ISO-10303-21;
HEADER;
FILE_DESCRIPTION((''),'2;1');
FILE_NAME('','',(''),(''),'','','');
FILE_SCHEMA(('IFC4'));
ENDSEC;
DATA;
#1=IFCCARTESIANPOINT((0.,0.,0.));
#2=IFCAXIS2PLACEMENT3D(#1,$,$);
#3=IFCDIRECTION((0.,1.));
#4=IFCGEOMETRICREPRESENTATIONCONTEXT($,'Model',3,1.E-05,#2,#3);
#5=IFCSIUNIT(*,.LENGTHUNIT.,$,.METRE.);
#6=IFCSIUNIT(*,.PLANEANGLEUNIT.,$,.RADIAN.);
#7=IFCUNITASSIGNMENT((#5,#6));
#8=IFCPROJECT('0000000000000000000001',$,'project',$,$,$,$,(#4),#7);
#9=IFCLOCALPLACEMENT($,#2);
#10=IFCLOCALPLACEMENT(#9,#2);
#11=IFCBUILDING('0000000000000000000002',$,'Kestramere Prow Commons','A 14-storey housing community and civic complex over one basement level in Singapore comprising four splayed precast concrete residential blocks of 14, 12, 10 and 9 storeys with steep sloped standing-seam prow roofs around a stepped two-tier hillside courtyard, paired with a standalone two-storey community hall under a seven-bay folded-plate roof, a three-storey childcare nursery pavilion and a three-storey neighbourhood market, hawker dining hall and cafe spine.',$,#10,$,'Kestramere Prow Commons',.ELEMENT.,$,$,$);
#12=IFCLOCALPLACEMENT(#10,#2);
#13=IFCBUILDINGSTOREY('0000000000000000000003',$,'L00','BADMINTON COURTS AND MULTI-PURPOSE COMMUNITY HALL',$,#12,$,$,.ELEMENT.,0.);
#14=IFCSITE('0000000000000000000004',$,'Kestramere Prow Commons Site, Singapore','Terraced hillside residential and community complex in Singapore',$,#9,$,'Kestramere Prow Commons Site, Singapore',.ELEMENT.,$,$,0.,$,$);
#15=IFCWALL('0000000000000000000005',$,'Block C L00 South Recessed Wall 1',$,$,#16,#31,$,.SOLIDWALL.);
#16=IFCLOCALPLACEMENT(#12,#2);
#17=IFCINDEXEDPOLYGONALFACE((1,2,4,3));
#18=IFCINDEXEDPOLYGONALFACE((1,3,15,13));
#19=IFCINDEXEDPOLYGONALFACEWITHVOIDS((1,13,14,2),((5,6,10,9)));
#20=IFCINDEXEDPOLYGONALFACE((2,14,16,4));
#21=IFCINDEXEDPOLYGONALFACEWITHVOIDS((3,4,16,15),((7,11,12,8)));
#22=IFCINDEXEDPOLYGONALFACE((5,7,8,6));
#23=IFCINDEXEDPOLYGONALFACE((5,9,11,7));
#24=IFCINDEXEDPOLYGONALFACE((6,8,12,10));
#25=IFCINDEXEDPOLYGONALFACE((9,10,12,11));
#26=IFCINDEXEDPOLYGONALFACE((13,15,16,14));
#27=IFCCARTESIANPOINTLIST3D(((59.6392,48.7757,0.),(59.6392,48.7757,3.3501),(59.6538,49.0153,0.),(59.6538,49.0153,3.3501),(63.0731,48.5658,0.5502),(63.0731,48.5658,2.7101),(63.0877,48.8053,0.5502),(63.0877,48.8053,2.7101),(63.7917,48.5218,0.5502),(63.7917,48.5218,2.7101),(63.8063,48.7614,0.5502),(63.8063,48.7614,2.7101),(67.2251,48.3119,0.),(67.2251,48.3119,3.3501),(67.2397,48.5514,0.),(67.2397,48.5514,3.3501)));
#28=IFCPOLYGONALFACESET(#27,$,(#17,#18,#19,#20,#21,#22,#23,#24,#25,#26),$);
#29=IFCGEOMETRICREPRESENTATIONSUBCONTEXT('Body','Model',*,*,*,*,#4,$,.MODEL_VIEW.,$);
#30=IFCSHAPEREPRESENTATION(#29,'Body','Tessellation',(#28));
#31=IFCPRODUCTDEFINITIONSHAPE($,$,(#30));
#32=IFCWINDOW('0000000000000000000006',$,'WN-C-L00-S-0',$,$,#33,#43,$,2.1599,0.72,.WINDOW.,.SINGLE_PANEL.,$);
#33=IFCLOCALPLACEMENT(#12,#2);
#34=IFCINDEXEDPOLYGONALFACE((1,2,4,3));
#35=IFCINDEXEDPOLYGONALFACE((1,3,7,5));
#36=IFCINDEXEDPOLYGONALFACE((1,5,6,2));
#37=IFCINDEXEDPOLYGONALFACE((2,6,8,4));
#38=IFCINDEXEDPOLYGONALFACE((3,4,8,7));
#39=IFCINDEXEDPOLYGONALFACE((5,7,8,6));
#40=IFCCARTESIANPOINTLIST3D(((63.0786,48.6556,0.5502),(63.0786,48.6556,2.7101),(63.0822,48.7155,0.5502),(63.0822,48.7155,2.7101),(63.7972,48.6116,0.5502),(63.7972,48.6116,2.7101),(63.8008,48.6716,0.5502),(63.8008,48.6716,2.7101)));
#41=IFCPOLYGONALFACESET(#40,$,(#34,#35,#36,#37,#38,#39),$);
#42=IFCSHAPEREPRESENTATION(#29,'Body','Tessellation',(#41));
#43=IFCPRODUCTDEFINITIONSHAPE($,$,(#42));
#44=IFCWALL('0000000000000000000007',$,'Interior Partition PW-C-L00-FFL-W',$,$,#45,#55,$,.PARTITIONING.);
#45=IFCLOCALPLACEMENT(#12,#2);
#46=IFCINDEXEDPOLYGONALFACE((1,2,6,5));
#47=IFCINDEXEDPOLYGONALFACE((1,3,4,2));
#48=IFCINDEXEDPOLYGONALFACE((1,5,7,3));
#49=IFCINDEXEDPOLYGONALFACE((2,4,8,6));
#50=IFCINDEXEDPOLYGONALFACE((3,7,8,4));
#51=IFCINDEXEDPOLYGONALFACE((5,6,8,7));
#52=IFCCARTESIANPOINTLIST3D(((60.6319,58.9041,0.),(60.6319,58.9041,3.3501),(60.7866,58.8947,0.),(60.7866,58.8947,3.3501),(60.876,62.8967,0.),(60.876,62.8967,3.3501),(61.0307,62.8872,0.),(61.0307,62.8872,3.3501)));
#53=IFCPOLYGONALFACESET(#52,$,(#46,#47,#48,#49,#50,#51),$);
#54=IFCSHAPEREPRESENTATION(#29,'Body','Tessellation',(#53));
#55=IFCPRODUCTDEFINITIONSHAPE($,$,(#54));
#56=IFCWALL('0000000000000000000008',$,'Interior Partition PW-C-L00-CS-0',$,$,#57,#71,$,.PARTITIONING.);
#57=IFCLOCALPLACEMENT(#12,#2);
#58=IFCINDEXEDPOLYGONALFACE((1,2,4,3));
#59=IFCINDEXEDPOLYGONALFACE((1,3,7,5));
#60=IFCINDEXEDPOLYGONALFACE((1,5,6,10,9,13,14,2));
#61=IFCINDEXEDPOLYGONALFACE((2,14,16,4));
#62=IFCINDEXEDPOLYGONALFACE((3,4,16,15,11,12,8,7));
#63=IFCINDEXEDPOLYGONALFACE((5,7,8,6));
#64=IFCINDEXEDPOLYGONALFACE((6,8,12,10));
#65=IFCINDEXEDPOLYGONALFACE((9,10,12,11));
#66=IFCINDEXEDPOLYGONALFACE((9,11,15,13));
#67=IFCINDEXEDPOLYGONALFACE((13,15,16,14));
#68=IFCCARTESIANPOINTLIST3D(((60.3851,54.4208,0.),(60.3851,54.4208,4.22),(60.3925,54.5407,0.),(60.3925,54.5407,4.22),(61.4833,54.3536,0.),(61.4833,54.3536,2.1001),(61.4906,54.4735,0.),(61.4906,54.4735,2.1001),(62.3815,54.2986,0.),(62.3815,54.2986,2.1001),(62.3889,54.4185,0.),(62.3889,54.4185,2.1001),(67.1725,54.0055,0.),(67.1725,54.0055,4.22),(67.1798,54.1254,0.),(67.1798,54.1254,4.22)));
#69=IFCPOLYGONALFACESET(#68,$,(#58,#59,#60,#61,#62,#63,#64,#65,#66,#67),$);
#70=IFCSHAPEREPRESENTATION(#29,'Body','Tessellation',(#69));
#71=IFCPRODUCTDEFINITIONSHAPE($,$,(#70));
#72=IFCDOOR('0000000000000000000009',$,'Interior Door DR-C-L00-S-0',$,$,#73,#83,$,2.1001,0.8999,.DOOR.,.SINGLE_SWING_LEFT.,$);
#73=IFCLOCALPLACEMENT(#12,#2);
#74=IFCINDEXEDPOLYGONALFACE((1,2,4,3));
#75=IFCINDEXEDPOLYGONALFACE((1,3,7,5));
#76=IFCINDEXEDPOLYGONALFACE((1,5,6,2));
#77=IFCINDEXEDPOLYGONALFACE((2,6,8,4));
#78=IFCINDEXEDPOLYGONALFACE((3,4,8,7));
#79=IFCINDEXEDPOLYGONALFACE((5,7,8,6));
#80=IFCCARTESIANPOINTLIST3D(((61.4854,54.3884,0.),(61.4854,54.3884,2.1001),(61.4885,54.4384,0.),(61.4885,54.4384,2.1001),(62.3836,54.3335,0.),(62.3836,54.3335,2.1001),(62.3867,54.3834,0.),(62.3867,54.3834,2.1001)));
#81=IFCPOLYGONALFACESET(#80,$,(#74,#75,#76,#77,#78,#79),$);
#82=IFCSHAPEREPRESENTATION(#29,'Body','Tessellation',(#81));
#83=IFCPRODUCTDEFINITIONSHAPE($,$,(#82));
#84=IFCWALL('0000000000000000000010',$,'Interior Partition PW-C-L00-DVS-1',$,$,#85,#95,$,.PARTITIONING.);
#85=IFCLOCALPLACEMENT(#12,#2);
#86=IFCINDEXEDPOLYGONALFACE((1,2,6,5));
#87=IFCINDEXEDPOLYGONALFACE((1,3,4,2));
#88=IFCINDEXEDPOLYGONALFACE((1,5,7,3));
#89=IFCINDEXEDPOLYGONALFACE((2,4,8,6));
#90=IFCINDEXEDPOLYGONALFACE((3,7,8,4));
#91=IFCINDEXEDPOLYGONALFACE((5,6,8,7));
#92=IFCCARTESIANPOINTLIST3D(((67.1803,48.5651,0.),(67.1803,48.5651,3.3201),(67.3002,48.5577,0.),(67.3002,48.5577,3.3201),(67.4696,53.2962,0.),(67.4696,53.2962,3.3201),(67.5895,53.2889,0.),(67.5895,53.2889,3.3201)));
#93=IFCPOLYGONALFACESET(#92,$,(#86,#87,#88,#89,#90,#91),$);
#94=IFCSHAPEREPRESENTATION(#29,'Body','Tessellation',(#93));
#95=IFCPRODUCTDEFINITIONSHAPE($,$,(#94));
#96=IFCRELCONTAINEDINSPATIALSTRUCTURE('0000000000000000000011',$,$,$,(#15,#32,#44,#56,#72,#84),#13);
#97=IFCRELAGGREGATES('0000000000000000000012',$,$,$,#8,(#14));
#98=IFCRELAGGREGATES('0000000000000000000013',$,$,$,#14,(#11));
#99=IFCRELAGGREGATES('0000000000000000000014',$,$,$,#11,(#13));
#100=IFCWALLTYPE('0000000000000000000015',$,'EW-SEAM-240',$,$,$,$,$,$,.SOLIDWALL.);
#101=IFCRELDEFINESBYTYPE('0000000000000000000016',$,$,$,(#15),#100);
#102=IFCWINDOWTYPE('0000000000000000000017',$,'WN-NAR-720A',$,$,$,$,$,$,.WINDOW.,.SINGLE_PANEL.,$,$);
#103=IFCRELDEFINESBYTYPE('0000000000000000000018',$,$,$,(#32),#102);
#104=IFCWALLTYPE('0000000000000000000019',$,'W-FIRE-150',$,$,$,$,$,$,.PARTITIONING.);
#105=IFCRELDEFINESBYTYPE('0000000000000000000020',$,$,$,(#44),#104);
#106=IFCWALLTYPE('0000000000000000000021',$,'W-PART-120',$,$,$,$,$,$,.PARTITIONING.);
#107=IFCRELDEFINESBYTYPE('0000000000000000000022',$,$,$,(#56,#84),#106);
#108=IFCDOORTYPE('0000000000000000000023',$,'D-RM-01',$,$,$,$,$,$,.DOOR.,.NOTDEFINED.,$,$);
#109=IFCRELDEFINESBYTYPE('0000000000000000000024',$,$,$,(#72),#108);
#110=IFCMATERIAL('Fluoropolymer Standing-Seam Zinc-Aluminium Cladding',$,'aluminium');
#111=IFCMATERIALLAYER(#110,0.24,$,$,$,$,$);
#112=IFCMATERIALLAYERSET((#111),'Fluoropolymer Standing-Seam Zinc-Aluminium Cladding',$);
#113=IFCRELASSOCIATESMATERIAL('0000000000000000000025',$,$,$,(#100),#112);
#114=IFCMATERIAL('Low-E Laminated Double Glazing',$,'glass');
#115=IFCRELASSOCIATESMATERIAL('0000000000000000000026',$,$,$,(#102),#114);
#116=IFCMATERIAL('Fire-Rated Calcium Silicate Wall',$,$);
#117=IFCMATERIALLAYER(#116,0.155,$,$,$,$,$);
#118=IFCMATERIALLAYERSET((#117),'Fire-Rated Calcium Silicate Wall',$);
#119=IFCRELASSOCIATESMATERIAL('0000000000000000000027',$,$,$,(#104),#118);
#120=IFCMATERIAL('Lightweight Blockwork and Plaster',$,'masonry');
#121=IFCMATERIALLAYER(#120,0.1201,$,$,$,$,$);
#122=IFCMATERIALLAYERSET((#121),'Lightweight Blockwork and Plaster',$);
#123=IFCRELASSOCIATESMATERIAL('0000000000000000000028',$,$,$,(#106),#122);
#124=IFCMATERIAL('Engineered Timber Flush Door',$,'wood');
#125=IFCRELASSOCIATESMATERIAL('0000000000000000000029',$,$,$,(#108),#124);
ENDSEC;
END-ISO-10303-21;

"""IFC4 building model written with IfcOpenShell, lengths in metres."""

from ifc_helpers import new_model, si_unit, direction, frame, frame_2d, origin, place, context, subcontext, project, spatial, rectangle, extrude, material, layer, layer_set, type_object, element, fill, save


model = new_model("IFC4")

# Units and contexts
model_context = context("Model", 3, precision=1e-05, world=origin(), true_north=direction((0.0, 1.0)))
body_context = subcontext(model_context, "Body", "Model", "MODEL_VIEW")
ifc_project = project(units=[si_unit("LENGTHUNIT", "METRE"), si_unit("PLANEANGLEUNIT", "RADIAN")], contexts=[model_context])

# Site, building, storey
site_placement = place(None, origin())
site = spatial("IfcSite", under=ifc_project, at=site_placement, Name="Kestramere Prow Commons Site, Singapore", Description="Terraced hillside residential and community complex in Singapore", LongName="Kestramere Prow Commons Site, Singapore", CompositionType="ELEMENT", RefElevation=0.0)
building_placement = place(site_placement, origin())
building = spatial("IfcBuilding", under=site, at=building_placement, Name="Kestramere Prow Commons", Description="A 14-storey housing community and civic complex over one basement level in Singapore comprising four splayed precast concrete residential blocks of 14, 12, 10 and 9 storeys with steep sloped standing-seam prow roofs around a stepped two-tier hillside courtyard, paired with a standalone two-storey community hall under a seven-bay folded-plate roof, a three-storey childcare nursery pavilion and a three-storey neighbourhood market, hawker dining hall and cafe spine.", LongName="Kestramere Prow Commons", CompositionType="ELEMENT")
storey_placement = place(building_placement, origin())
storey = spatial("IfcBuildingStorey", under=building, at=storey_placement, Name="L00", Description="BADMINTON COURTS AND MULTI-PURPOSE COMMUNITY HALL", CompositionType="ELEMENT", Elevation=0.0)

# Wall, opening, window
ifc_material_1 = material(Name="Fluoropolymer Standing-Seam Zinc-Aluminium Cladding", Category="aluminium")
ifc_layer_1 = layer(ifc_material_1, 0.24)
ifc_layer_set_1 = layer_set([ifc_layer_1], Name="Fluoropolymer Standing-Seam Zinc-Aluminium Cladding")
wall_type_1 = type_object("IfcWallType", Name="EW-SEAM-240", PredefinedType="SOLIDWALL", material=ifc_layer_set_1)
wall_1_placement = place(storey_placement, frame((67.2324, 48.4316, 0.0), z_axis=(0.0, 0.0, 1.0), x_axis=(-0.998136, 0.061034, 0.0)))
wall_1 = element("IfcWall", 1, at=wall_1_placement, inside=storey, type_object=wall_type_1, Name="Block C L00 South Recessed Wall 1", PredefinedType="SOLIDWALL", context=body_context, shape_type="SweptSolid", body=[
    extrude(rectangle(XDim=7.6001, YDim=0.24, at=frame_2d((3.8, 0.0))), origin(), (0.0, 0.0, 1.0), 3.3501),
])
opening_1_placement = place(wall_1_placement, frame((3.4399, 0.0, 0.55)))
opening_1 = element("IfcOpeningElement", 2, at=opening_1_placement, cuts=wall_1, PredefinedType="OPENING", context=body_context, shape_type="SweptSolid", body=[
    extrude(rectangle(XDim=0.72, YDim=2.1599, at=frame_2d((0.3599, 1.0801))), frame((0.0, 0.135, 0.0), z_axis=(0.0, -1.0, 0.0), x_axis=(1.0, 0.0, 0.0)), (0.0, 0.0, 1.0), 0.27),
])
ifc_material_2 = material(Name="Low-E Laminated Double Glazing", Category="glass")
window_type = type_object("IfcWindowType", Name="WN-NAR-720A", PartitioningType="SINGLE_PANEL", PredefinedType="WINDOW", material=ifc_material_2)
window_placement = place(opening_1_placement, origin())
window = element("IfcWindow", 3, at=window_placement, inside=storey, type_object=window_type, Name="WN-C-L00-S-0", OverallHeight=2.1599, OverallWidth=0.72, PartitioningType="SINGLE_PANEL", PredefinedType="WINDOW", context=body_context, shape_type="SweptSolid", body=[
    extrude(rectangle(XDim=0.72, YDim=2.1599, at=frame_2d((0.3599, 1.0801))), frame((0.0, 0.03, 0.0), z_axis=(0.0, -1.0, 0.0), x_axis=(1.0, 0.0, 0.0)), (0.0, 0.0, 1.0), 0.0601),
])
fill(opening_1, window)

# Shared definitions
ifc_material_3 = material(Name="Fire-Rated Calcium Silicate Wall")
ifc_layer_2 = layer(ifc_material_3, 0.155)
ifc_layer_set_2 = layer_set([ifc_layer_2], Name="Fire-Rated Calcium Silicate Wall")
wall_type_2 = type_object("IfcWallType", Name="W-FIRE-150", PredefinedType="PARTITIONING", material=ifc_layer_set_2)

# Wall
wall_2_placement = place(storey_placement, frame((60.7092, 58.8994, 0.0), z_axis=(0.0, 0.0, 1.0), x_axis=(0.061037, 0.998136, 0.0)))
element("IfcWall", 4, at=wall_2_placement, inside=storey, type_object=wall_type_2, Name="Interior Partition PW-C-L00-FFL-W", PredefinedType="PARTITIONING", context=body_context, shape_type="SweptSolid", body=[
    extrude(rectangle(XDim=4.0, YDim=0.155, at=frame_2d((2.0, 0.0))), origin(), (0.0, 0.0, 1.0), 3.3501),
])

# Wall, opening, door
ifc_material_4 = material(Name="Lightweight Blockwork and Plaster", Category="masonry")
ifc_layer_3 = layer(ifc_material_4, 0.1201)
ifc_layer_set_3 = layer_set([ifc_layer_3], Name="Lightweight Blockwork and Plaster")
wall_type_3 = type_object("IfcWallType", Name="W-PART-120", PredefinedType="PARTITIONING", material=ifc_layer_set_3)
wall_3_placement = place(storey_placement, frame((60.3889, 54.4807, 0.0), z_axis=(0.0, 0.0, 1.0), x_axis=(0.998133, -0.061071, 0.0)))
wall_3 = element("IfcWall", 5, at=wall_3_placement, inside=storey, type_object=wall_type_3, Name="Interior Partition PW-C-L00-CS-0", PredefinedType="PARTITIONING", context=body_context, shape_type="SweptSolid", body=[
    extrude(rectangle(XDim=6.8, YDim=0.1201, at=frame_2d((3.3999, 0.0))), origin(), (0.0, 0.0, 1.0), 4.22),
])
opening_2_placement = place(wall_3_placement, frame((1.1001, 0.0, 0.0)))
opening_2 = element("IfcOpeningElement", 6, at=opening_2_placement, cuts=wall_3, PredefinedType="OPENING", context=body_context, shape_type="SweptSolid", body=[
    extrude(rectangle(XDim=0.8999, YDim=2.1001, at=frame_2d((0.45, 1.05))), frame((0.0, 0.075, 0.0), z_axis=(0.0, -1.0, 0.0), x_axis=(1.0, 0.0, 0.0)), (0.0, 0.0, 1.0), 0.1501),
])
ifc_material_5 = material(Name="Engineered Timber Flush Door", Category="wood")
door_type_1 = type_object("IfcDoorType", Name="D-RM-01", OperationType="NOTDEFINED", PredefinedType="DOOR", material=ifc_material_5)
door_1_placement = place(opening_2_placement, origin())
door_1 = element("IfcDoor", 7, at=door_1_placement, inside=storey, type_object=door_type_1, Name="Interior Door DR-C-L00-S-0", OperationType="SINGLE_SWING_LEFT", OverallHeight=2.1001, OverallWidth=0.8999, PredefinedType="DOOR", context=body_context, shape_type="SweptSolid", body=[
    extrude(rectangle(XDim=0.8999, YDim=2.1001, at=frame_2d((0.45, 1.05))), frame((0.0, 0.0249, 0.0), z_axis=(0.0, -1.0, 0.0), x_axis=(1.0, 0.0, 0.0)), (0.0, 0.0, 1.0), 0.05),
])
fill(opening_2, door_1)

# Wall
wall_4_placement = place(storey_placement, frame((67.2402, 48.5613, 0.0), z_axis=(0.0, 0.0, 1.0), x_axis=(0.061035, 0.998136, 0.0)))
element("IfcWall", 8, at=wall_4_placement, inside=storey, type_object=wall_type_3, Name="Interior Partition PW-C-L00-DVS-1", PredefinedType="PARTITIONING", context=body_context, shape_type="SweptSolid", body=[
    extrude(rectangle(XDim=4.74, YDim=0.1201, at=frame_2d((2.3701, 0.0))), origin(), (0.0, 0.0, 1.0), 3.3201),
])

save(model, "model.ifc")
